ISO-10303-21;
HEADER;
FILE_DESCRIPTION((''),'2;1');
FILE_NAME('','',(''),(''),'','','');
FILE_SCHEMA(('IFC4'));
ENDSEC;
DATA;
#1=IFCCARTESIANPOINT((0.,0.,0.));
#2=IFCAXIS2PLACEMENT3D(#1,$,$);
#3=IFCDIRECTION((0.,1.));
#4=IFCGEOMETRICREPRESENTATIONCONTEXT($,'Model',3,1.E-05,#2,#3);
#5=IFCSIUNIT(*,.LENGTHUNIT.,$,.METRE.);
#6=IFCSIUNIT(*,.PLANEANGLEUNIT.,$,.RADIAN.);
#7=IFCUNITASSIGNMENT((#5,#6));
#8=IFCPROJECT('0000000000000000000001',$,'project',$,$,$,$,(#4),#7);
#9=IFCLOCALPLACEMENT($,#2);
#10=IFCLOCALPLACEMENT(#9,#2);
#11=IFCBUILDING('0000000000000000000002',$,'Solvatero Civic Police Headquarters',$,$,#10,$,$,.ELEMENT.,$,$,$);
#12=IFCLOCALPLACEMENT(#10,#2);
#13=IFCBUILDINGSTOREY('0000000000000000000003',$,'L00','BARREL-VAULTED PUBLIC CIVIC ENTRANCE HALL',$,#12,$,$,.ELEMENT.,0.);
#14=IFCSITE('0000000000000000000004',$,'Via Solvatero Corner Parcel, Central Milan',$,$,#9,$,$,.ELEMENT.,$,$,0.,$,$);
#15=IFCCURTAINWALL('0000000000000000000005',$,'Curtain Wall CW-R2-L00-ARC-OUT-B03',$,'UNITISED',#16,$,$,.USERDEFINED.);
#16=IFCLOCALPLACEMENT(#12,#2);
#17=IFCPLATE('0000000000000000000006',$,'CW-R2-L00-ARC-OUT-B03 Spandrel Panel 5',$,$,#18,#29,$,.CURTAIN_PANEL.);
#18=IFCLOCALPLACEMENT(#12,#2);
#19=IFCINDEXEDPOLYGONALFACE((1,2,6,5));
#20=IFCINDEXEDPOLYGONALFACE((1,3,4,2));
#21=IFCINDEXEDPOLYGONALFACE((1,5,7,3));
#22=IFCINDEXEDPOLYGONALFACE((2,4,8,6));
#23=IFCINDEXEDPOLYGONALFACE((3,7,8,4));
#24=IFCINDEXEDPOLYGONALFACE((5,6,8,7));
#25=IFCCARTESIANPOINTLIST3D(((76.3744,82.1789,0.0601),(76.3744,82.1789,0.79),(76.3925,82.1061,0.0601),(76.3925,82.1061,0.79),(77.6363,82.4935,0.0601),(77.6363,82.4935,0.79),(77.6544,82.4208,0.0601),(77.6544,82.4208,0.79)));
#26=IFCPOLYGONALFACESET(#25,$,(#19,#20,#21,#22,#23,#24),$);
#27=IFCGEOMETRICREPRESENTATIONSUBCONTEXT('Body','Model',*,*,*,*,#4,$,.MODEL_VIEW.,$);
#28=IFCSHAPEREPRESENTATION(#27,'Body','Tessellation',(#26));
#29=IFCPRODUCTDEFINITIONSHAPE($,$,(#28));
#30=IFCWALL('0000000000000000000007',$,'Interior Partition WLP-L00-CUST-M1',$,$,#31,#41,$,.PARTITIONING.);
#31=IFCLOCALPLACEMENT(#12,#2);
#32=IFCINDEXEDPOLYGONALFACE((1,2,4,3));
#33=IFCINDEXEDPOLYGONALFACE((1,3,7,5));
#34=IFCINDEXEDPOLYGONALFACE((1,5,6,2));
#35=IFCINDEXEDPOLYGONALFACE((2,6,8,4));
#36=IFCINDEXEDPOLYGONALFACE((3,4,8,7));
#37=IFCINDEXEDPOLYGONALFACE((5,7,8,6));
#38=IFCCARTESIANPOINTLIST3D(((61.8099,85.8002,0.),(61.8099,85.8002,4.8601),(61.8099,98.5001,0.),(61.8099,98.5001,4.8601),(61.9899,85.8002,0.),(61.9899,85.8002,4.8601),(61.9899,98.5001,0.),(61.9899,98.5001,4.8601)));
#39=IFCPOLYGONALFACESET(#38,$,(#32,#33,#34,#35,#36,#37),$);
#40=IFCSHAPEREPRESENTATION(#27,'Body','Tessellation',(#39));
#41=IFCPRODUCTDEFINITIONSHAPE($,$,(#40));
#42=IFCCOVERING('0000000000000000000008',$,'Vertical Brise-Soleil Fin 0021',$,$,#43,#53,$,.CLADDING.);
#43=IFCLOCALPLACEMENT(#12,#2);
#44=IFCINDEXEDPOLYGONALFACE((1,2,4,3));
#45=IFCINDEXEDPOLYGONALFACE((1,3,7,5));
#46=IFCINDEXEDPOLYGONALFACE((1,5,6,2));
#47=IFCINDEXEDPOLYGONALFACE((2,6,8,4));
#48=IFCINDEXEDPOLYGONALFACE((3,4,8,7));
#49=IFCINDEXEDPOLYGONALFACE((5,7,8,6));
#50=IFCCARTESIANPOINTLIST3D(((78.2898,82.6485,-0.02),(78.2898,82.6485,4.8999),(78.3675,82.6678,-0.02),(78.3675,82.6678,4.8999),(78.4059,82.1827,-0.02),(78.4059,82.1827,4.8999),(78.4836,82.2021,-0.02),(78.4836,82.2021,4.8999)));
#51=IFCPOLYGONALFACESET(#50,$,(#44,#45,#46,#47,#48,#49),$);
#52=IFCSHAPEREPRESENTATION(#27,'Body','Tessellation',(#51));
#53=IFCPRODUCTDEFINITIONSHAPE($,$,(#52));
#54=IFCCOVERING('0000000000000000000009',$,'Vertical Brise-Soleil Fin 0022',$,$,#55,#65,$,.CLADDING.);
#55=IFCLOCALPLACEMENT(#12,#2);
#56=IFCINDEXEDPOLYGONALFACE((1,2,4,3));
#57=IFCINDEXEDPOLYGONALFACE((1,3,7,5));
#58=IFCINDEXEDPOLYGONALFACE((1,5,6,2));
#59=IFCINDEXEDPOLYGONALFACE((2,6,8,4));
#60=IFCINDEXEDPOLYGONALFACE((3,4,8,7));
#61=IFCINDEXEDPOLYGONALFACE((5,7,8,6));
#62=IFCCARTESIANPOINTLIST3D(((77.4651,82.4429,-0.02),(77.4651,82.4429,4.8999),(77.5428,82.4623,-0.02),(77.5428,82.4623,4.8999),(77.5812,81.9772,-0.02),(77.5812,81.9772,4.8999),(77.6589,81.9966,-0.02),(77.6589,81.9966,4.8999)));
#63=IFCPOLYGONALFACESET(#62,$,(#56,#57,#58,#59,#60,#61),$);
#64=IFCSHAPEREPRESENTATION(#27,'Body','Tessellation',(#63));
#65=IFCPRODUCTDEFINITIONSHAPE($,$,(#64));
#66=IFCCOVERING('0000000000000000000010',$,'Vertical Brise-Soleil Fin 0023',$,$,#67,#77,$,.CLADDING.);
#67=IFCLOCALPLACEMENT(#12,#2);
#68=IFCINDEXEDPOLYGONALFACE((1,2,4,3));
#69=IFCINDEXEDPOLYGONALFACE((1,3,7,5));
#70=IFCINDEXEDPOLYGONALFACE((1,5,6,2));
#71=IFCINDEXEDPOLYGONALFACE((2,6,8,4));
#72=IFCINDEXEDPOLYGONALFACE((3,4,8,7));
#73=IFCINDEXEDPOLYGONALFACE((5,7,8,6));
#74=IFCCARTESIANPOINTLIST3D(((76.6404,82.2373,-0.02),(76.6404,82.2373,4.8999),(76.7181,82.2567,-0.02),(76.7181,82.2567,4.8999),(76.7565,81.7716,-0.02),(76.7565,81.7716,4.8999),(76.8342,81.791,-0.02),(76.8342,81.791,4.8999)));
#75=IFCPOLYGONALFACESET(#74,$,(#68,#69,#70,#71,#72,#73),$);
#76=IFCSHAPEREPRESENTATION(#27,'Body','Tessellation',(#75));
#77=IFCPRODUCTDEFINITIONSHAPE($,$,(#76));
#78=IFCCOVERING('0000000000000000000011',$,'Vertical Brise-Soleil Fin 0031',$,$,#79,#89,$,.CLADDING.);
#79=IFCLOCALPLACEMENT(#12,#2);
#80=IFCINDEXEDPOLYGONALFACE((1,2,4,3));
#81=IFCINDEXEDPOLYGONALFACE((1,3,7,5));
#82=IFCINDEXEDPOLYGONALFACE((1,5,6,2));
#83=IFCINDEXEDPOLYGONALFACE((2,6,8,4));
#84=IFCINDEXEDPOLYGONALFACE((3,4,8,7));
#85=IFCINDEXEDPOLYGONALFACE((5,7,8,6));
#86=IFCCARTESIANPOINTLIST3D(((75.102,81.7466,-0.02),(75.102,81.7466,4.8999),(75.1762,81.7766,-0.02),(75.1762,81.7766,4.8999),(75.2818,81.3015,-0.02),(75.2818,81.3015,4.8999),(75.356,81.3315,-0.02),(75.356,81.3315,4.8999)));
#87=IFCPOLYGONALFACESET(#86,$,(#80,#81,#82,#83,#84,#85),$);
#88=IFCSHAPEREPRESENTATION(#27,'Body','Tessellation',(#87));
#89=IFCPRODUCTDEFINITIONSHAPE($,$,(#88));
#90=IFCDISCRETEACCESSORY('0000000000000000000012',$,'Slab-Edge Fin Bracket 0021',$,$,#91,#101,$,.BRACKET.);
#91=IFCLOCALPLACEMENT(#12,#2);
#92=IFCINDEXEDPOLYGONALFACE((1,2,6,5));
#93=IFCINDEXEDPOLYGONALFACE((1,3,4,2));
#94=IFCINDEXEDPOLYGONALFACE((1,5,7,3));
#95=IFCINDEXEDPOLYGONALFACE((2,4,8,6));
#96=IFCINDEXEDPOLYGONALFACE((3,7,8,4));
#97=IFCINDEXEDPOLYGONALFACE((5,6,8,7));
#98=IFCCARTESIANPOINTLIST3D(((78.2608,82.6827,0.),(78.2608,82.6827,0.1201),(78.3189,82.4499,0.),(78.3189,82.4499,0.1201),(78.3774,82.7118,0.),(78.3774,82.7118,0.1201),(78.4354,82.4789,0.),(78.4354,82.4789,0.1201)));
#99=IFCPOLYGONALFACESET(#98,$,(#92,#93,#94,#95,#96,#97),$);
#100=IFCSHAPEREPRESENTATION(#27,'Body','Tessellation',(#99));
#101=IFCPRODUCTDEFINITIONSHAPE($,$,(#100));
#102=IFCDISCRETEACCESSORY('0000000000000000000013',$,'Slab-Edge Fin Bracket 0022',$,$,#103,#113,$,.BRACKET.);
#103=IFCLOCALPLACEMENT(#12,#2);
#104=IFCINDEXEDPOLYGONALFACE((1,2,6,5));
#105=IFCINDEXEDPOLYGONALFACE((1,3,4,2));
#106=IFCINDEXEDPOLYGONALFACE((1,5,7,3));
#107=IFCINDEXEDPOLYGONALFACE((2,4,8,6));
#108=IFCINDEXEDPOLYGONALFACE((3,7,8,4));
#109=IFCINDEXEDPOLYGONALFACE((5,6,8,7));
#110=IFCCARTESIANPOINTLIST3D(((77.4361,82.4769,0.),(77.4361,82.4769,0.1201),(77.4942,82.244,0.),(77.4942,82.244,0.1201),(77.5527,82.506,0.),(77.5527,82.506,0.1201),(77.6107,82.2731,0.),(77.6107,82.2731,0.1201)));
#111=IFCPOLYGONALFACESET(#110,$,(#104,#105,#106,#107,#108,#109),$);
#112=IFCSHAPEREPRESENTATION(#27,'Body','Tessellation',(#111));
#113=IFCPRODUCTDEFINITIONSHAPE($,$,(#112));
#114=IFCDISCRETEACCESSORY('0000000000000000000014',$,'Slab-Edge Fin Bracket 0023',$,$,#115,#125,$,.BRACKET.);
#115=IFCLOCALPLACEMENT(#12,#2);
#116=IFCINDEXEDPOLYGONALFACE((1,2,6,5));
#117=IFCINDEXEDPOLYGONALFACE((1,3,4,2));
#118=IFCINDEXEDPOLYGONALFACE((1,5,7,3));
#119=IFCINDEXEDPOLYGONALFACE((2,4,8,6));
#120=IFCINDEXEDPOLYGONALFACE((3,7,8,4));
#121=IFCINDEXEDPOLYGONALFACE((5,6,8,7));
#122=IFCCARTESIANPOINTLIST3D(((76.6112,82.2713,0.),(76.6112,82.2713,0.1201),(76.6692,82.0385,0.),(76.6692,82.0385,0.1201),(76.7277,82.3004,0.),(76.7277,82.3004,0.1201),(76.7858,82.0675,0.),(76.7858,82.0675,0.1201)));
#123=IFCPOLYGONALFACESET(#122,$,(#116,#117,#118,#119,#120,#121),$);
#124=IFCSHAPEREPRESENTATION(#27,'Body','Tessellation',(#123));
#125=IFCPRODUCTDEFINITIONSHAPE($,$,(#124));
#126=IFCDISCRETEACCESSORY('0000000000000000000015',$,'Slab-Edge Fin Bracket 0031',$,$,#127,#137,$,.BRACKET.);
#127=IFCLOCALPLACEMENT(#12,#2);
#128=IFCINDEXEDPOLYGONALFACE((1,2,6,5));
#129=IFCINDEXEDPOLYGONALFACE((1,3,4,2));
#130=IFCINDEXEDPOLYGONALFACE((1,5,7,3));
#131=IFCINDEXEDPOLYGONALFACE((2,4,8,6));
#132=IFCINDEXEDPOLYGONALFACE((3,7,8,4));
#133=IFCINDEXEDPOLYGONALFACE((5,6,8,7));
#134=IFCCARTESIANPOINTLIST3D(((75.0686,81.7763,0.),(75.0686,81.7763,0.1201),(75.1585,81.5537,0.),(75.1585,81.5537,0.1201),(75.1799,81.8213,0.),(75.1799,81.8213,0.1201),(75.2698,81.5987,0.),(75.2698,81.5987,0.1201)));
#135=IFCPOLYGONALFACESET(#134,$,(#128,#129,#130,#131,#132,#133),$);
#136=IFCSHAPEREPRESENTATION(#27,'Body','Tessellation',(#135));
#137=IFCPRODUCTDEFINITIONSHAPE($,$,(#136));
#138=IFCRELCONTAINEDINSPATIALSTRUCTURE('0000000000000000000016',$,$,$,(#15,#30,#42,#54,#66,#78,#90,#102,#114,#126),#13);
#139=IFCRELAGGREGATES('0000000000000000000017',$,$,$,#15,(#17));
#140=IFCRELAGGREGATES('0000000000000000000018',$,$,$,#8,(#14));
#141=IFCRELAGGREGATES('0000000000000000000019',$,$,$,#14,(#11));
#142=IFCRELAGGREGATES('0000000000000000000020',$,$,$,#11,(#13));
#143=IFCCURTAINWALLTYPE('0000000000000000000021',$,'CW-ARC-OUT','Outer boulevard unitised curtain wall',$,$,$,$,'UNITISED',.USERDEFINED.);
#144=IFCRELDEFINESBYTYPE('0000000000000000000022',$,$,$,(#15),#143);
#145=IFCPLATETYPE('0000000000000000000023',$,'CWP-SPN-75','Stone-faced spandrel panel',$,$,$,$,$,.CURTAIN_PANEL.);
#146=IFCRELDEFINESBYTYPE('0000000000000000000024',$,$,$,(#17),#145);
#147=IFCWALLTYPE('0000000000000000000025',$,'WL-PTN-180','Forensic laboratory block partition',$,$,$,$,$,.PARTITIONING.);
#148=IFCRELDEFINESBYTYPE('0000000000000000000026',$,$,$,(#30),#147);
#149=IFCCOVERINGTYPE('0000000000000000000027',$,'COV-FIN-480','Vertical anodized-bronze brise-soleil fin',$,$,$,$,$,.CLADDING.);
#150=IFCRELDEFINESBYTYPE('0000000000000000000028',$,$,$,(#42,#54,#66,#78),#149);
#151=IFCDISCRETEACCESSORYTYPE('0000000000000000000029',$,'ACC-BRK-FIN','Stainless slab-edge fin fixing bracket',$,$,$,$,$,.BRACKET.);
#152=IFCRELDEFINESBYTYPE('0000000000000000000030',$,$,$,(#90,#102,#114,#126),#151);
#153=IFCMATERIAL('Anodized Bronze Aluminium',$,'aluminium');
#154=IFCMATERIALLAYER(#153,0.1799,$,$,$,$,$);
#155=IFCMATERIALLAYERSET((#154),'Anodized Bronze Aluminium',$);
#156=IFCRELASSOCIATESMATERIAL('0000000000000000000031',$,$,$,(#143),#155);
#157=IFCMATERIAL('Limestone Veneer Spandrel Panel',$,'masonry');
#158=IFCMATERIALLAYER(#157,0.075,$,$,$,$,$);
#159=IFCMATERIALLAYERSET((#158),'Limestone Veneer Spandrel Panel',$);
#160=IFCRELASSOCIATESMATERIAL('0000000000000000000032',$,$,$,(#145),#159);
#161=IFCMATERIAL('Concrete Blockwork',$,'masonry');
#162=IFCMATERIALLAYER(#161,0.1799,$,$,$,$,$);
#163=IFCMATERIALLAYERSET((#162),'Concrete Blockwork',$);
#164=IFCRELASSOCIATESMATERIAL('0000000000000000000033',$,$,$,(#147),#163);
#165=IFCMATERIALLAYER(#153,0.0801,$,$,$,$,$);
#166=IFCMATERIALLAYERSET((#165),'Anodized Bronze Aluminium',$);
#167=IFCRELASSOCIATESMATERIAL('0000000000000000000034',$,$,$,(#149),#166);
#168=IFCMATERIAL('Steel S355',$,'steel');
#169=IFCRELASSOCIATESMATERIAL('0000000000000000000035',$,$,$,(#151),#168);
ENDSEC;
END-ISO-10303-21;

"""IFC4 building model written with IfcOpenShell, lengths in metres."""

from ifc_helpers import new_model, si_unit, direction, frame, frame_2d, origin, origin_2d, place, context, subcontext, project, spatial, rectangle, extrude, material, layer, layer_set, type_object, element, aggregate, save


model = new_model("IFC4")

# Units and contexts
model_context = context("Model", 3, precision=1e-05, world=origin(), true_north=direction((0.0, 1.0)))
body_context = subcontext(model_context, "Body", "Model", "MODEL_VIEW")
ifc_project = project(units=[si_unit("LENGTHUNIT", "METRE"), si_unit("PLANEANGLEUNIT", "RADIAN")], contexts=[model_context])

# Site, building, storey
site_placement = place(None, origin())
site = spatial("IfcSite", under=ifc_project, at=site_placement, Name="Via Solvatero Corner Parcel, Central Milan", CompositionType="ELEMENT", RefElevation=0.0)
building_placement = place(site_placement, origin())
building = spatial("IfcBuilding", under=site, at=building_placement, Name="Solvatero Civic Police Headquarters", CompositionType="ELEMENT")
storey_placement = place(building_placement, origin())
storey = spatial("IfcBuildingStorey", under=building, at=storey_placement, Name="L00", Description="BARREL-VAULTED PUBLIC CIVIC ENTRANCE HALL", CompositionType="ELEMENT", Elevation=0.0)

# Shared definitions
ifc_material_1 = material(Name="Steel S355", Category="steel")

# Shared definitions
ifc_material_2 = material(Name="Anodized Bronze Aluminium", Category="aluminium")
ifc_layer_1 = layer(ifc_material_2, 0.1799)
ifc_layer_set_1 = layer_set([ifc_layer_1], Name="Anodized Bronze Aluminium")
curtain_wall_type = type_object("IfcCurtainWallType", Name="CW-ARC-OUT", Description="Outer boulevard unitised curtain wall", ElementType="UNITISED", PredefinedType="USERDEFINED", material=ifc_layer_set_1)

# Curtain wall
curtain_wall_1_placement = place(storey_placement, origin())
curtain_wall_1 = element("IfcCurtainWall", 1, at=curtain_wall_1_placement, inside=storey, type_object=curtain_wall_type, Name="Curtain Wall CW-R2-L00-ARC-OUT-B03", ObjectType="UNITISED", PredefinedType="USERDEFINED")

# Plate
ifc_material_3 = material(Name="Limestone Veneer Spandrel Panel", Category="masonry")
ifc_layer_2 = layer(ifc_material_3, 0.075)
ifc_layer_set_2 = layer_set([ifc_layer_2], Name="Limestone Veneer Spandrel Panel")
plate_type_1 = type_object("IfcPlateType", Name="CWP-SPN-75", Description="Stone-faced spandrel panel", PredefinedType="CURTAIN_PANEL", material=ifc_layer_set_2)
plate_1_placement = place(storey_placement, frame((77.0144, 82.2998, 0.0601), z_axis=(0.0, 0.0, 1.0), x_axis=(-0.970296, -0.241922, 0.0)))
plate_1 = element("IfcPlate", 2, at=plate_1_placement, type_object=plate_type_1, Name="CW-R2-L00-ARC-OUT-B03 Spandrel Panel 5", PredefinedType="CURTAIN_PANEL", context=body_context, shape_type="SweptSolid", body=[
    extrude(rectangle(XDim=1.3005, YDim=0.075, at=origin_2d()), origin(), (0.0, 0.0, 1.0), 0.73),
])
aggregate(curtain_wall_1, [plate_1])

# Wall
ifc_material_4 = material(Name="Concrete Blockwork", Category="masonry")
ifc_layer_3 = layer(ifc_material_4, 0.1799)
ifc_layer_set_3 = layer_set([ifc_layer_3], Name="Concrete Blockwork")
wall_type = type_object("IfcWallType", Name="WL-PTN-180", Description="Forensic laboratory block partition", PredefinedType="PARTITIONING", material=ifc_layer_set_3)
wall_placement = place(storey_placement, frame((61.8999, 85.8, 0.0), z_axis=(0.0, 0.0, 1.0), x_axis=(0.0, 1.0, 0.0)))
element("IfcWall", 3, at=wall_placement, inside=storey, type_object=wall_type, Name="Interior Partition WLP-L00-CUST-M1", PredefinedType="PARTITIONING", context=body_context, shape_type="SweptSolid", body=[
    extrude(rectangle(XDim=12.7, YDim=0.1799, at=frame_2d((6.3501, 0.0))), origin(), (0.0, 0.0, 1.0), 4.8601),
])

# Coverings
ifc_layer_4 = layer(ifc_material_2, 0.0801)
ifc_layer_set_4 = layer_set([ifc_layer_4], Name="Anodized Bronze Aluminium")
covering_type = type_object("IfcCoveringType", Name="COV-FIN-480", Description="Vertical anodized-bronze brise-soleil fin", PredefinedType="CLADDING", material=ifc_layer_set_4)
for number, where, z_axis, x_axis, name in (
    (4, (78.3867, 82.4253, -0.02), (0.0, 0.0, 1.0), (-0.970296, -0.241922, 0.0), "Vertical Brise-Soleil Fin 0021"),
    (5, (77.562, 82.2197, -0.02), (0.0, 0.0, 1.0), (-0.970296, -0.241922, 0.0), "Vertical Brise-Soleil Fin 0022"),
    (6, (76.7373, 82.0142, -0.02), (0.0, 0.0, 1.0), (-0.970296, -0.241922, 0.0), "Vertical Brise-Soleil Fin 0023"),
    (7, (75.229, 81.5391, -0.02), (0.0, 0.0, 1.0), (-0.927184, -0.374607, 0.0), "Vertical Brise-Soleil Fin 0031"),
):
    element("IfcCovering", number, at=place(storey_placement, frame(where, z_axis=z_axis, x_axis=x_axis)), inside=storey, type_object=covering_type, Name=name, PredefinedType="CLADDING", context=body_context, shape_type="SweptSolid", body=[
        extrude(rectangle(XDim=0.0801, YDim=0.48, at=origin_2d()), origin(), (0.0, 0.0, 1.0), 4.9199),
    ])

# Discrete accessories
discrete_accessory_type = type_object("IfcDiscreteAccessoryType", Name="ACC-BRK-FIN", Description="Stainless slab-edge fin fixing bracket", PredefinedType="BRACKET", material=ifc_material_1)
for number, where, z_axis, x_axis, name in (
    (8, (78.3481, 82.5808, 0.0), (0.0, 0.0, 1.0), (-0.970296, -0.241922, 0.0), "Slab-Edge Fin Bracket 0021"),
    (9, (77.5234, 82.375, 0.0), (0.0, 0.0, 1.0), (-0.970296, -0.241922, 0.0), "Slab-Edge Fin Bracket 0022"),
    (10, (76.6985, 82.1694, 0.0), (0.0, 0.0, 1.0), (-0.970296, -0.241922, 0.0), "Slab-Edge Fin Bracket 0023"),
    (11, (75.1692, 81.6875, 0.0), (0.0, 0.0, 1.0), (-0.927184, -0.374607, 0.0), "Slab-Edge Fin Bracket 0031"),
):
    element("IfcDiscreteAccessory", number, at=place(storey_placement, frame(where, z_axis=z_axis, x_axis=x_axis)), inside=storey, type_object=discrete_accessory_type, Name=name, PredefinedType="BRACKET", context=body_context, shape_type="SweptSolid", body=[
        extrude(rectangle(XDim=0.1201, YDim=0.24, at=origin_2d()), origin(), (0.0, 0.0, 1.0), 0.1201),
    ])

save(model, "model.ifc")
